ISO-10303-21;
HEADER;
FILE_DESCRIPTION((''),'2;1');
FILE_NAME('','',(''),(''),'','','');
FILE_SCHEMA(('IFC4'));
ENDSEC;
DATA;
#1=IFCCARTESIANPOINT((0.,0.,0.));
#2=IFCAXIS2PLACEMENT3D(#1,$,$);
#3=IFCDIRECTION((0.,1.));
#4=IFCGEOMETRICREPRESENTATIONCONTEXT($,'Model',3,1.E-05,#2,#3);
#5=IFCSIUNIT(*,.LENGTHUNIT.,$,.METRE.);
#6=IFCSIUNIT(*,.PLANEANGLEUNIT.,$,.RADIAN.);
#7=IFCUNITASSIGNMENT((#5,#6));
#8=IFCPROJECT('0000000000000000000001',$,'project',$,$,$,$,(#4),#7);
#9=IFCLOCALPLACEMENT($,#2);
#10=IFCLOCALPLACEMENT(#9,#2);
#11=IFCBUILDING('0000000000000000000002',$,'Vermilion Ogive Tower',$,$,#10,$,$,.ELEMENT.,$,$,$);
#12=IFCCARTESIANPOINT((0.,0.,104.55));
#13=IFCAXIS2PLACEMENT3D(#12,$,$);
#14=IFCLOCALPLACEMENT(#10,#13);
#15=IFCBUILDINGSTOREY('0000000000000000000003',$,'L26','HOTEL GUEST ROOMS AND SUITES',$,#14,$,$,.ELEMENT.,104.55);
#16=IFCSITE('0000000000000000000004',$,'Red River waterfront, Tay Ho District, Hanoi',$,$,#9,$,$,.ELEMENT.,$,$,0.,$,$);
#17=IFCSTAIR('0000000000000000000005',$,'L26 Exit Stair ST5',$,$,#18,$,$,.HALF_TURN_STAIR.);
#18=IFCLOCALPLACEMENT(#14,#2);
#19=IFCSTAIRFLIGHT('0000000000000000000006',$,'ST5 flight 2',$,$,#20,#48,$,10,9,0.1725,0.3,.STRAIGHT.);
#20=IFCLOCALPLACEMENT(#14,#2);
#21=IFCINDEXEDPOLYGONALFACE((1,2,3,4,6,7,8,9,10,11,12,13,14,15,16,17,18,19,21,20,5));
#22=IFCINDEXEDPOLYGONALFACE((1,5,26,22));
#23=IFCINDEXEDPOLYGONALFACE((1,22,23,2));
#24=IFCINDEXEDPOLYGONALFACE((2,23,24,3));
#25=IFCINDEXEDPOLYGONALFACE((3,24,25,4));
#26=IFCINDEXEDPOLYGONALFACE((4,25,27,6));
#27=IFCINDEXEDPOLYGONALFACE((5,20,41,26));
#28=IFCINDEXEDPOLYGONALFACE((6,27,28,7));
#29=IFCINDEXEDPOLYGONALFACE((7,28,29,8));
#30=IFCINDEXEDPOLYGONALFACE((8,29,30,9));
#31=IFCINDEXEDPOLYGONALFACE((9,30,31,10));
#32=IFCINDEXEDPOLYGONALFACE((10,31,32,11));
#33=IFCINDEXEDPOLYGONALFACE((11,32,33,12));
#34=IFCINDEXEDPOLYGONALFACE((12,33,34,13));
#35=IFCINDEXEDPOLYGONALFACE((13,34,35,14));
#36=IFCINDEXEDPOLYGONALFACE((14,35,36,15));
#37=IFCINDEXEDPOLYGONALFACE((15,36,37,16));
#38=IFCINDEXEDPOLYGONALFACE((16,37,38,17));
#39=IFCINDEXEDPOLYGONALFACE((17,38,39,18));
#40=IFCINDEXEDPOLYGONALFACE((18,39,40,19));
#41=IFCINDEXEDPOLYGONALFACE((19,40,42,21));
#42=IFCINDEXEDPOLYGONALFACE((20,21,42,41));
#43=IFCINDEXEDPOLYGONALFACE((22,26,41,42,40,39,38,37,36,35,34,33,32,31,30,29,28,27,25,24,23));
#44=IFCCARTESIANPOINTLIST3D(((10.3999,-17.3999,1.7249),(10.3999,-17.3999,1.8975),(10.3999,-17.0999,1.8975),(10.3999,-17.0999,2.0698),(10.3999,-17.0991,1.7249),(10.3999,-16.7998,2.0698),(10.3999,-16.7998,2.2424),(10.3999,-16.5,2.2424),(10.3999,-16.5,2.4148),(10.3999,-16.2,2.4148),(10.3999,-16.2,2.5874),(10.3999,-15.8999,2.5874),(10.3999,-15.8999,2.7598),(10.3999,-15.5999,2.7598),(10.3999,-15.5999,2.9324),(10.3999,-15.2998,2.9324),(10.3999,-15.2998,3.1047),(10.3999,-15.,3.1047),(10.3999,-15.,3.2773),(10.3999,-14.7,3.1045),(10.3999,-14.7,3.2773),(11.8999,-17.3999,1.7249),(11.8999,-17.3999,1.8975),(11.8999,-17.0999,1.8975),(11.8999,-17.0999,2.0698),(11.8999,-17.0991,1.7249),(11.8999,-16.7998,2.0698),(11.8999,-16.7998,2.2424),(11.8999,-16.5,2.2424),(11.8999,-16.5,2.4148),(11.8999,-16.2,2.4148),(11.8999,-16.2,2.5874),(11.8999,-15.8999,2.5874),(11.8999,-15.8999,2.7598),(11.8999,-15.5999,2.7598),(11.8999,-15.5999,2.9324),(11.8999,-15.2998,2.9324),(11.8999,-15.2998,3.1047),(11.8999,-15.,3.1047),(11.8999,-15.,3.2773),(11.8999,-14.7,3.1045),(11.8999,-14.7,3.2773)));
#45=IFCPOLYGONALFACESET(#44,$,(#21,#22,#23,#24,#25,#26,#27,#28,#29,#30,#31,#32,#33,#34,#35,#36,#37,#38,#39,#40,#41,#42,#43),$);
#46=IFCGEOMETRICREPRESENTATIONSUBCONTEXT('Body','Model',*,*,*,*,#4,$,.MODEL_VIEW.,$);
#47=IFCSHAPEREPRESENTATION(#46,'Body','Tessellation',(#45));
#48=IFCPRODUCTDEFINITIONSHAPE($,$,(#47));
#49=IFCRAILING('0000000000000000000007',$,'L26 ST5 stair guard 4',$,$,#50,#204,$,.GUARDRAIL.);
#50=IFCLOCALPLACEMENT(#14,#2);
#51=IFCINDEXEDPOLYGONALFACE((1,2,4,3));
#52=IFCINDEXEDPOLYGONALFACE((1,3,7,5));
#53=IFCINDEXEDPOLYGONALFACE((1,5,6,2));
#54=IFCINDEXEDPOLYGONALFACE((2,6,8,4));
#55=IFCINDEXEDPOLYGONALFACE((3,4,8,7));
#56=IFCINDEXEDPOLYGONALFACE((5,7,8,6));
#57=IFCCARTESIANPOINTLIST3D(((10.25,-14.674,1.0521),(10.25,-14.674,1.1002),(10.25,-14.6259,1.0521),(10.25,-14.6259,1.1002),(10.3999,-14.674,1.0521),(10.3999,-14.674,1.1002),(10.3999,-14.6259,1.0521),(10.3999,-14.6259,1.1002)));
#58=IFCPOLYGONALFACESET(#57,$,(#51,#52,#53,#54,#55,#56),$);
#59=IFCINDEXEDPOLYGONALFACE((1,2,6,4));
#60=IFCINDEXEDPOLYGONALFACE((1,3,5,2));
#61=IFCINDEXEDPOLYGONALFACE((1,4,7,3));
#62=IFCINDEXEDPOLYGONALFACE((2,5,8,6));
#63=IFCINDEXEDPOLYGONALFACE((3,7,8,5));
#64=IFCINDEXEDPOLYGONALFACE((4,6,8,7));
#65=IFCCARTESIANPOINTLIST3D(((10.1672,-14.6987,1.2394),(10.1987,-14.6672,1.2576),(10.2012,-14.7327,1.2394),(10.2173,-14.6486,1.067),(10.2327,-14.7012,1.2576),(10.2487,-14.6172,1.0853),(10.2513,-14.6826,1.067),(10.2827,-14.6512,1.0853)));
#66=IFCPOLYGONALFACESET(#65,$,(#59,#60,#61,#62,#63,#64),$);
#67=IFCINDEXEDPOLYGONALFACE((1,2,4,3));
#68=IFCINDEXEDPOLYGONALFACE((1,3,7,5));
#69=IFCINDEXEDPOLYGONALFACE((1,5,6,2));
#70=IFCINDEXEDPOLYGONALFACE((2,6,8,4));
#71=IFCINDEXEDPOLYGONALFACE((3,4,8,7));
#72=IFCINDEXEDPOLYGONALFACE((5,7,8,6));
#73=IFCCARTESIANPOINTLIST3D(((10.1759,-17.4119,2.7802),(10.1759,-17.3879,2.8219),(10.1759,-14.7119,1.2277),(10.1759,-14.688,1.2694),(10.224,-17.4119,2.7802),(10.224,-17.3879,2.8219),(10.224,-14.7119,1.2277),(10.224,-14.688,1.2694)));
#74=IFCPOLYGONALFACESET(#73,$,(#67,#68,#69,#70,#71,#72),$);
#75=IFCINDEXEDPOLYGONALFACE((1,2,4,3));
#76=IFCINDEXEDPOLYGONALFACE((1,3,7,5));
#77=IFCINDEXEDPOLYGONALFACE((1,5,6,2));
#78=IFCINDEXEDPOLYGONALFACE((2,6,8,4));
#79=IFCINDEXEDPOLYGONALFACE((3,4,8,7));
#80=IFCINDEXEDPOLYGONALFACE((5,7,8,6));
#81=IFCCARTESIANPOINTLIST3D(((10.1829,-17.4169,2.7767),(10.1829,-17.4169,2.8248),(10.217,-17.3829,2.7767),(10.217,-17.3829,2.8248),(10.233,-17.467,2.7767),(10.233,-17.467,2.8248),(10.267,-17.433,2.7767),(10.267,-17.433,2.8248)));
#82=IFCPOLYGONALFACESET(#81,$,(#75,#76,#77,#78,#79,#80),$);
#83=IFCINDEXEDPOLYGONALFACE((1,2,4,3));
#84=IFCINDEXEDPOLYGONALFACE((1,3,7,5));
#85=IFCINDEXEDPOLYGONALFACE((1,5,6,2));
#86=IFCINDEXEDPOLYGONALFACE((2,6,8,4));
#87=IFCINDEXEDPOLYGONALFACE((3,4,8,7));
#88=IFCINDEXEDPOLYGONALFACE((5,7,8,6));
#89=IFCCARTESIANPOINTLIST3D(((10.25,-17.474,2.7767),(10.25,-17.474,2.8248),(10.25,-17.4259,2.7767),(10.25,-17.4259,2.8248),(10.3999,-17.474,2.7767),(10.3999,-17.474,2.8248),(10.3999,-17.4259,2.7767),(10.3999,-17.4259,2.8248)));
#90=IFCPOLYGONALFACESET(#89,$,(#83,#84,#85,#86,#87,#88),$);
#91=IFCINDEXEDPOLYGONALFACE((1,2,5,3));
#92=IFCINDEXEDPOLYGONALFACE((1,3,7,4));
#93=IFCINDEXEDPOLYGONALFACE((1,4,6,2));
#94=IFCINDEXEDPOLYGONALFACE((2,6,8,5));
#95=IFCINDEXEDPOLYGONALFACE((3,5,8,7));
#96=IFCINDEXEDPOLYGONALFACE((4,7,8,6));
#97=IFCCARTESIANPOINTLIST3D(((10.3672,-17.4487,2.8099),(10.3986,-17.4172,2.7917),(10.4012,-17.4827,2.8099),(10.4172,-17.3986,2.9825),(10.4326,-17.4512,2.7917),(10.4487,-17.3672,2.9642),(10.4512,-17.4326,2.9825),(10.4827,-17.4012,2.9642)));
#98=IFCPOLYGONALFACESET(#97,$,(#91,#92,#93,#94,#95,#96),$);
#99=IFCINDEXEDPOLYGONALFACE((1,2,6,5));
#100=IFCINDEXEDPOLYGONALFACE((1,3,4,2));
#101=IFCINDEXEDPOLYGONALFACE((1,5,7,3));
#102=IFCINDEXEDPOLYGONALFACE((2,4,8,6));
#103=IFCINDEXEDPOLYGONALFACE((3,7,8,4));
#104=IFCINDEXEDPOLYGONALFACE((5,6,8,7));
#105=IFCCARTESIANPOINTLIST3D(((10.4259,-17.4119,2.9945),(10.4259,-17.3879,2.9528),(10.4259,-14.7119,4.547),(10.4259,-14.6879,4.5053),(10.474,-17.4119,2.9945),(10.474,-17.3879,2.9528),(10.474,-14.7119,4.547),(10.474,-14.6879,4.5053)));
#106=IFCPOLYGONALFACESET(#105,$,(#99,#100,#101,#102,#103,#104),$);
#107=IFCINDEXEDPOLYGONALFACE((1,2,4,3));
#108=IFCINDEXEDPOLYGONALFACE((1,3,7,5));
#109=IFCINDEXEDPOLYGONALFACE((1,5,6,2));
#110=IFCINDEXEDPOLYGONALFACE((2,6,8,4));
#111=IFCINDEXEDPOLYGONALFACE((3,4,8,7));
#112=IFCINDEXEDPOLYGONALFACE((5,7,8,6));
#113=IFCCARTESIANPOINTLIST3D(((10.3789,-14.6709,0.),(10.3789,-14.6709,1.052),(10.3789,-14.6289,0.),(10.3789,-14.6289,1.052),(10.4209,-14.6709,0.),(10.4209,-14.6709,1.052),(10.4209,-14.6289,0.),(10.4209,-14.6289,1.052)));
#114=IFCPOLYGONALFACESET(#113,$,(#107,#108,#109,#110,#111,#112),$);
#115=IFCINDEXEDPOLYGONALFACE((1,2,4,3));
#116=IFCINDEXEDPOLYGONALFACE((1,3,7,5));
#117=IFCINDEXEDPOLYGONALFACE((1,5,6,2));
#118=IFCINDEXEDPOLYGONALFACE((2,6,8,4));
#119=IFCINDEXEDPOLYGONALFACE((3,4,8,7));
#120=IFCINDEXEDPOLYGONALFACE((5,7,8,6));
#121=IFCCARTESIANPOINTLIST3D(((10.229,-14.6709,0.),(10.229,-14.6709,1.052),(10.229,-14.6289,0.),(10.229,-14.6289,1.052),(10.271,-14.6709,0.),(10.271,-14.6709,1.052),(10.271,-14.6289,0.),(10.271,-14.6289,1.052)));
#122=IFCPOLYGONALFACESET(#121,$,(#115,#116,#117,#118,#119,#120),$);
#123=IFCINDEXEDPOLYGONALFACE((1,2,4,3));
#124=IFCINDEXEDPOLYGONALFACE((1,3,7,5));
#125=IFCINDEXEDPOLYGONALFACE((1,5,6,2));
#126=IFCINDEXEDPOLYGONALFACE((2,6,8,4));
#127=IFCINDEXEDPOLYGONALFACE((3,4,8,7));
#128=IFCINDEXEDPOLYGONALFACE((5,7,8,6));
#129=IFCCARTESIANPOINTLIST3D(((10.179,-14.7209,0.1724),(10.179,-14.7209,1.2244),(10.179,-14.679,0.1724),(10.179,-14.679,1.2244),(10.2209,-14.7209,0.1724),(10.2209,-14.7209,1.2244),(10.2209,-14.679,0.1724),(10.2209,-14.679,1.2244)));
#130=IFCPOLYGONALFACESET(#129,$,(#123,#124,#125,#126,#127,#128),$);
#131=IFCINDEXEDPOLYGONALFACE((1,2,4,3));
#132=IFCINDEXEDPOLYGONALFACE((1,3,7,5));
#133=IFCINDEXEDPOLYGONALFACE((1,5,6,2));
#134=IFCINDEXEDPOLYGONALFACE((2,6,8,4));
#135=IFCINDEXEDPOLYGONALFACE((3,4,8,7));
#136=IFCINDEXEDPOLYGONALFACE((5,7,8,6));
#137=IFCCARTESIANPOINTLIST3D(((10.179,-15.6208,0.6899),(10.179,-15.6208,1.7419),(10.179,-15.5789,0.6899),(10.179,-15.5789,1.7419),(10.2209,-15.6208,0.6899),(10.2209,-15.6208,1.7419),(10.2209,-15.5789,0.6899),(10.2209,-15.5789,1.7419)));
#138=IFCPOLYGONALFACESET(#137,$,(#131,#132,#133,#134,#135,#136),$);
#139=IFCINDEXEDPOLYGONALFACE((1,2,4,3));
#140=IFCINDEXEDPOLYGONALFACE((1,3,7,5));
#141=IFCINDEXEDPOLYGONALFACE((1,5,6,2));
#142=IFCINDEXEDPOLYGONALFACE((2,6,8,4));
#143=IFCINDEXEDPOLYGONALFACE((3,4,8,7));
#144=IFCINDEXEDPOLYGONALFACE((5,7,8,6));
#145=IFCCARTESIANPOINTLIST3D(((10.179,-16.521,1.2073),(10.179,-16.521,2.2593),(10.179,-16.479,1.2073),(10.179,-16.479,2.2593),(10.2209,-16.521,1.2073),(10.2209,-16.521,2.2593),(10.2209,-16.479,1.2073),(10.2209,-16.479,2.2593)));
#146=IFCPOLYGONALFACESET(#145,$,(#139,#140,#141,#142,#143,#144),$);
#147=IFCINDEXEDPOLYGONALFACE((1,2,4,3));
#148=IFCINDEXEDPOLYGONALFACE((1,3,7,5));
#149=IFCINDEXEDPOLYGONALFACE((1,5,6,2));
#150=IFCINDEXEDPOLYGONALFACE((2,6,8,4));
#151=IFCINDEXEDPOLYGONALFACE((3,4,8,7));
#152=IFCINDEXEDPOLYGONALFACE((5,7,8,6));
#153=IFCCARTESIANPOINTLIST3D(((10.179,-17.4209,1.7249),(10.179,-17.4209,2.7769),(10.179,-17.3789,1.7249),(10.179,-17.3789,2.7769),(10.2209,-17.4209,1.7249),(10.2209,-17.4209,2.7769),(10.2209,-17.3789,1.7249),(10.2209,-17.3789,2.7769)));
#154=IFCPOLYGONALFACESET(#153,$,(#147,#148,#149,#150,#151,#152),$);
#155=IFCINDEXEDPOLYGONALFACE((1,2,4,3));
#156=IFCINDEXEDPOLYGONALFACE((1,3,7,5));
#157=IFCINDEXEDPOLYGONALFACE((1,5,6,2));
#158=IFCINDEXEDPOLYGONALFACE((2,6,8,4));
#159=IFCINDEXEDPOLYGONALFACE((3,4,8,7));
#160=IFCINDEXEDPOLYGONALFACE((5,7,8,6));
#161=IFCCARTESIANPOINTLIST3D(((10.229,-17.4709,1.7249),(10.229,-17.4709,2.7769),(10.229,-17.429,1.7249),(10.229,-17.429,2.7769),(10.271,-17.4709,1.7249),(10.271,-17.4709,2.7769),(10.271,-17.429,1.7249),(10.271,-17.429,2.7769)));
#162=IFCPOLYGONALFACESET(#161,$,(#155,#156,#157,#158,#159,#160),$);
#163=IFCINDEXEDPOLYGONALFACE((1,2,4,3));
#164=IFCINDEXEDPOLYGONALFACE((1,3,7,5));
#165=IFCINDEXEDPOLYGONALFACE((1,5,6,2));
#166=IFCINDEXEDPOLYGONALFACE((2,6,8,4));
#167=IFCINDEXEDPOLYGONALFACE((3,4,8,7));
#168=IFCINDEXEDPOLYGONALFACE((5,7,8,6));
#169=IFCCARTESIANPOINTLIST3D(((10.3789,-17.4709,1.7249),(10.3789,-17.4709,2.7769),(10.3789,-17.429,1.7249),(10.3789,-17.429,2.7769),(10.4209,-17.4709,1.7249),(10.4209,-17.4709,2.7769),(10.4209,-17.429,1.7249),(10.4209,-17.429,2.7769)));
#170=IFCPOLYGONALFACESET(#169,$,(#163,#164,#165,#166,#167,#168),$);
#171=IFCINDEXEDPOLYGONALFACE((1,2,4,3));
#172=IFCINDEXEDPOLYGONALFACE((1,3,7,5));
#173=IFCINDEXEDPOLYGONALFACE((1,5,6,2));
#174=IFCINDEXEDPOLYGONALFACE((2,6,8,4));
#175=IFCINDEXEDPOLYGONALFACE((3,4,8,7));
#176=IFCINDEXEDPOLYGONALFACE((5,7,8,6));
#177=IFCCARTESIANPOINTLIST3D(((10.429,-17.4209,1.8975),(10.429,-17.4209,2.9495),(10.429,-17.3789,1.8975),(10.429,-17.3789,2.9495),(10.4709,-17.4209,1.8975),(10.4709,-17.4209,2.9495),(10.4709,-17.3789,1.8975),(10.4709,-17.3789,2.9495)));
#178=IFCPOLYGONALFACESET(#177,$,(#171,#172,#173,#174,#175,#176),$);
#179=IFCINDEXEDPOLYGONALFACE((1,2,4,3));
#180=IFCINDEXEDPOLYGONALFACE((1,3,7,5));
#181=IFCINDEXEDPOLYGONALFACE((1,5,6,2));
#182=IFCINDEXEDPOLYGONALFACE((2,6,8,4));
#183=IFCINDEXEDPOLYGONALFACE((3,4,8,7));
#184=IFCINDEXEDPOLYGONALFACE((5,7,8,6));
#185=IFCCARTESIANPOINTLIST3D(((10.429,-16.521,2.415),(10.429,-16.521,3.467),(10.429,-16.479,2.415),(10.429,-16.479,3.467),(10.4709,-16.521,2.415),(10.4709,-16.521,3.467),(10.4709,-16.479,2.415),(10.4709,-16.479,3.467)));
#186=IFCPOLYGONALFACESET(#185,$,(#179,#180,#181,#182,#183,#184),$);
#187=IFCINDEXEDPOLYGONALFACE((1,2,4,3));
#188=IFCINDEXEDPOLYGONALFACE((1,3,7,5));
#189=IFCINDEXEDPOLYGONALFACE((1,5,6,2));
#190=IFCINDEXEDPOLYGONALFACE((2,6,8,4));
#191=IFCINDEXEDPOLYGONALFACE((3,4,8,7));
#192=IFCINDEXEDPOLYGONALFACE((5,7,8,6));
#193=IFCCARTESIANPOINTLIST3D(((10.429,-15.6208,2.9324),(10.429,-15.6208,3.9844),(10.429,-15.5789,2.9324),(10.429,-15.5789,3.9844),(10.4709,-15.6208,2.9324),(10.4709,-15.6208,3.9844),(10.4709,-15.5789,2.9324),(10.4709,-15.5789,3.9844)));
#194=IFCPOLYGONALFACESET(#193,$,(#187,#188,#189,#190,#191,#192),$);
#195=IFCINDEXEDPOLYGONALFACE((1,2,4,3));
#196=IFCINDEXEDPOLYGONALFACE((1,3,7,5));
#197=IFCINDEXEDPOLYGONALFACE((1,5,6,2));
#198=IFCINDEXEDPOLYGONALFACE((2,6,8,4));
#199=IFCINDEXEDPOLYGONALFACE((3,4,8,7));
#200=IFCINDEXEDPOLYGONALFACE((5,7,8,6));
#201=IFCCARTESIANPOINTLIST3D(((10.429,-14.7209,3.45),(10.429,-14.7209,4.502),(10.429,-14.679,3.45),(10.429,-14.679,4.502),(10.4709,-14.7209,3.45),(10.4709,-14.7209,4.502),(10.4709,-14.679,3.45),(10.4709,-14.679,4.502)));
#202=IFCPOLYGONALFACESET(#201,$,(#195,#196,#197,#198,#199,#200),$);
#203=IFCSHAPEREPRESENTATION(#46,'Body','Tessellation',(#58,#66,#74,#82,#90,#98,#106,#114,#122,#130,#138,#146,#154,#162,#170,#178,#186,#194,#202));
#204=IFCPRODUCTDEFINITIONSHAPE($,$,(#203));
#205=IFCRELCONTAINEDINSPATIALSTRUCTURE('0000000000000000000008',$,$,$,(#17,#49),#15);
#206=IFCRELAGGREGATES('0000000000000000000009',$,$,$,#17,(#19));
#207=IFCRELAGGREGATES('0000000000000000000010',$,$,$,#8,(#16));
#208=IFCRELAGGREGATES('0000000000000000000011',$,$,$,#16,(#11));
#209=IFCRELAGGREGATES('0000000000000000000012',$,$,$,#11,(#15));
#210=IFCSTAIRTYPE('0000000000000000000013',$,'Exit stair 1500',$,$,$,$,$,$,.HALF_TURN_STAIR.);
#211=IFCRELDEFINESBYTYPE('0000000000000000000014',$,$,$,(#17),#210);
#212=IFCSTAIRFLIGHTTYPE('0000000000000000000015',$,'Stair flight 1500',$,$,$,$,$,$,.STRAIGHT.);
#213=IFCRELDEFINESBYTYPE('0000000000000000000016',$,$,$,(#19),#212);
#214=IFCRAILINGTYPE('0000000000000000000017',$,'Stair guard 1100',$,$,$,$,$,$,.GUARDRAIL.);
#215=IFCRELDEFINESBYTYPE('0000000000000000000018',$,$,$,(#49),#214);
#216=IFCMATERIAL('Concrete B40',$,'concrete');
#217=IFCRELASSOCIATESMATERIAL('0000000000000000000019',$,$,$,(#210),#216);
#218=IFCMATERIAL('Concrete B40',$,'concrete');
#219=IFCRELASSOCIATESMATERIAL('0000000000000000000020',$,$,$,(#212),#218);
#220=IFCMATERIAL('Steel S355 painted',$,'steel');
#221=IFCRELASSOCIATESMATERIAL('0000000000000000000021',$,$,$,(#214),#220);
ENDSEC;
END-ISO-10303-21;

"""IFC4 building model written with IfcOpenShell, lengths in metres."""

from ifc_helpers import new_model, si_unit, direction, frame, origin, origin_2d, place, context, subcontext, project, spatial, polyline, rectangle, outline, extrude, material, type_object, element, aggregate, save


model = new_model("IFC4")

# Units and contexts
model_context = context("Model", 3, precision=1e-05, world=origin(), true_north=direction((0.0, 1.0)))
body_context = subcontext(model_context, "Body", "Model", "MODEL_VIEW")
ifc_project = project(units=[si_unit("LENGTHUNIT", "METRE"), si_unit("PLANEANGLEUNIT", "RADIAN")], contexts=[model_context])

# Site, building, storey
site_placement = place(None, origin())
site = spatial("IfcSite", under=ifc_project, at=site_placement, Name="Red River waterfront, Tay Ho District, Hanoi", CompositionType="ELEMENT", RefElevation=0.0)
building_placement = place(site_placement, origin())
building = spatial("IfcBuilding", under=site, at=building_placement, Name="Vermilion Ogive Tower", CompositionType="ELEMENT")
storey_placement = place(building_placement, frame((0.0, 0.0, 104.55)))
storey = spatial("IfcBuildingStorey", under=building, at=storey_placement, Name="L26", Description="HOTEL GUEST ROOMS AND SUITES", CompositionType="ELEMENT", Elevation=104.55)

# Stair, stair flight
ifc_material_1 = material(Name="Concrete B40", Category="concrete")
stair_type = type_object("IfcStairType", Name="Exit stair 1500", PredefinedType="HALF_TURN_STAIR", material=ifc_material_1)
stair_placement = place(storey_placement, origin())
stair = element("IfcStair", 1, at=stair_placement, inside=storey, type_object=stair_type, Name="L26 Exit Stair ST5", PredefinedType="HALF_TURN_STAIR")
ifc_material_2 = material(Name="Concrete B40", Category="concrete")
stair_flight_type = type_object("IfcStairFlightType", Name="Stair flight 1500", PredefinedType="STRAIGHT", material=ifc_material_2)
stair_flight_1_placement = place(storey_placement, frame((11.1499, -17.3999, 1.7249), z_axis=(0.0, 0.0, 1.0), x_axis=(0.0, 1.0, 0.0)))
stair_flight_1 = element("IfcStairFlight", 2, at=stair_flight_1_placement, type_object=stair_flight_type, Name="ST5 flight 2", NumberOfRisers=10, NumberOfTreads=9, PredefinedType="STRAIGHT", RiserHeight=0.1725, TreadLength=0.3, context=body_context, shape_type="SweptSolid", body=[
    extrude(outline(polyline([(0.0, 0.0), (0.0, 0.1726), (0.3, 0.1726), (0.3, 0.345), (0.6001, 0.345), (0.6001, 0.5176), (0.8999, 0.5176), (0.8999, 0.6899), (1.2, 0.6899), (1.2, 0.8625), (1.5, 0.8625), (1.5, 1.0349), (1.8, 1.0349), (1.8, 1.2075), (2.1001, 1.2075), (2.1001, 1.3799), (2.3999, 1.3799), (2.3999, 1.5525), (2.7, 1.5525), (2.7, 1.7251), (2.7, 1.3796), (0.3008, 0.0), (0.0, 0.0)])), frame((0.0, 0.75, 0.0), z_axis=(0.0, -1.0, 0.0), x_axis=(1.0, 0.0, 0.0)), (0.0, 0.0, 1.0), 1.5),
])
aggregate(stair, [stair_flight_1])

# Railing
ifc_material_3 = material(Name="Steel S355 painted", Category="steel")
railing_type_1 = type_object("IfcRailingType", Name="Stair guard 1100", PredefinedType="GUARDRAIL", material=ifc_material_3)
railing_1_placement = place(storey_placement, frame((10.3999, -14.6499, 0.0)))
element("IfcRailing", 3, at=railing_1_placement, inside=storey, type_object=railing_type_1, Name="L26 ST5 stair guard 4", PredefinedType="GUARDRAIL", context=body_context, shape_type="SweptSolid", body=[
    extrude(rectangle(XDim=0.0481, YDim=0.0481, at=origin_2d()), frame((0.0, 0.0, 1.0762), z_axis=(-1.0, 0.0, 0.0), x_axis=(0.0, -1.0, 0.0)), (0.0, 0.0, 1.0), 0.1499),
    extrude(rectangle(XDim=0.0481, YDim=0.0481, at=origin_2d()), frame((-0.1499, 0.0, 1.0762), z_axis=(-0.268603, -0.268603, 0.925043), x_axis=(0.707107, -0.707107, 0.0)), (0.0, 0.0, 1.0), 0.1863),
    extrude(rectangle(XDim=0.0481, YDim=0.0481, at=origin_2d()), frame((-0.2, -0.05, 1.2485), z_axis=(0.0, -0.866904, 0.498476), x_axis=(1.0, 0.0, 0.0)), (0.0, 0.0, 1.0), 3.1145),
    extrude(rectangle(XDim=0.0481, YDim=0.0481, at=origin_2d()), frame((-0.2, -2.75, 2.8008), z_axis=(0.707107, -0.707107, 0.0), x_axis=(0.707107, 0.707107, 0.0)), (0.0, 0.0, 1.0), 0.0708),
    extrude(rectangle(XDim=0.0481, YDim=0.0481, at=origin_2d()), frame((-0.1499, -2.8, 2.8008), z_axis=(1.0, 0.0, 0.0), x_axis=(0.0, 1.0, 0.0)), (0.0, 0.0, 1.0), 0.1499),
    extrude(rectangle(XDim=0.0481, YDim=0.0481, at=origin_2d()), frame((0.0, -2.8, 2.8008), z_axis=(0.268278, 0.268278, 0.925232), x_axis=(-0.707107, 0.707107, 0.0)), (0.0, 0.0, 1.0), 0.1865),
    extrude(rectangle(XDim=0.0481, YDim=0.0481, at=origin_2d()), frame((0.05, -2.75, 2.9736), z_axis=(0.0, 0.866904, 0.498476), x_axis=(-1.0, 0.0, 0.0)), (0.0, 0.0, 1.0), 3.1145),
    extrude(rectangle(XDim=0.042, YDim=0.042, at=origin_2d()), origin(), (0.0, 0.0, 1.0), 1.052),
    extrude(rectangle(XDim=0.042, YDim=0.042, at=origin_2d()), frame((-0.1499, 0.0, 0.0)), (0.0, 0.0, 1.0), 1.052),
    extrude(rectangle(XDim=0.042, YDim=0.042, at=origin_2d()), frame((-0.2, -0.05, 0.1724)), (0.0, 0.0, 1.0), 1.052),
    extrude(rectangle(XDim=0.042, YDim=0.042, at=origin_2d()), frame((-0.2, -0.95, 0.6899)), (0.0, 0.0, 1.0), 1.052),
    extrude(rectangle(XDim=0.042, YDim=0.042, at=origin_2d()), frame((-0.2, -1.8501, 1.2073)), (0.0, 0.0, 1.0), 1.052),
    extrude(rectangle(XDim=0.042, YDim=0.042, at=origin_2d()), frame((-0.2, -2.75, 1.7249)), (0.0, 0.0, 1.0), 1.052),
    extrude(rectangle(XDim=0.042, YDim=0.042, at=origin_2d()), frame((-0.1499, -2.8, 1.7249)), (0.0, 0.0, 1.0), 1.052),
    extrude(rectangle(XDim=0.042, YDim=0.042, at=origin_2d()), frame((0.0, -2.8, 1.7249)), (0.0, 0.0, 1.0), 1.052),
    extrude(rectangle(XDim=0.042, YDim=0.042, at=origin_2d()), frame((0.05, -2.75, 1.8975)), (0.0, 0.0, 1.0), 1.052),
    extrude(rectangle(XDim=0.042, YDim=0.042, at=origin_2d()), frame((0.05, -1.8501, 2.415)), (0.0, 0.0, 1.0), 1.052),
    extrude(rectangle(XDim=0.042, YDim=0.042, at=origin_2d()), frame((0.05, -0.95, 2.9324)), (0.0, 0.0, 1.0), 1.052),
    extrude(rectangle(XDim=0.042, YDim=0.042, at=origin_2d()), frame((0.05, -0.05, 3.45)), (0.0, 0.0, 1.0), 1.052),
])

save(model, "model.ifc")
